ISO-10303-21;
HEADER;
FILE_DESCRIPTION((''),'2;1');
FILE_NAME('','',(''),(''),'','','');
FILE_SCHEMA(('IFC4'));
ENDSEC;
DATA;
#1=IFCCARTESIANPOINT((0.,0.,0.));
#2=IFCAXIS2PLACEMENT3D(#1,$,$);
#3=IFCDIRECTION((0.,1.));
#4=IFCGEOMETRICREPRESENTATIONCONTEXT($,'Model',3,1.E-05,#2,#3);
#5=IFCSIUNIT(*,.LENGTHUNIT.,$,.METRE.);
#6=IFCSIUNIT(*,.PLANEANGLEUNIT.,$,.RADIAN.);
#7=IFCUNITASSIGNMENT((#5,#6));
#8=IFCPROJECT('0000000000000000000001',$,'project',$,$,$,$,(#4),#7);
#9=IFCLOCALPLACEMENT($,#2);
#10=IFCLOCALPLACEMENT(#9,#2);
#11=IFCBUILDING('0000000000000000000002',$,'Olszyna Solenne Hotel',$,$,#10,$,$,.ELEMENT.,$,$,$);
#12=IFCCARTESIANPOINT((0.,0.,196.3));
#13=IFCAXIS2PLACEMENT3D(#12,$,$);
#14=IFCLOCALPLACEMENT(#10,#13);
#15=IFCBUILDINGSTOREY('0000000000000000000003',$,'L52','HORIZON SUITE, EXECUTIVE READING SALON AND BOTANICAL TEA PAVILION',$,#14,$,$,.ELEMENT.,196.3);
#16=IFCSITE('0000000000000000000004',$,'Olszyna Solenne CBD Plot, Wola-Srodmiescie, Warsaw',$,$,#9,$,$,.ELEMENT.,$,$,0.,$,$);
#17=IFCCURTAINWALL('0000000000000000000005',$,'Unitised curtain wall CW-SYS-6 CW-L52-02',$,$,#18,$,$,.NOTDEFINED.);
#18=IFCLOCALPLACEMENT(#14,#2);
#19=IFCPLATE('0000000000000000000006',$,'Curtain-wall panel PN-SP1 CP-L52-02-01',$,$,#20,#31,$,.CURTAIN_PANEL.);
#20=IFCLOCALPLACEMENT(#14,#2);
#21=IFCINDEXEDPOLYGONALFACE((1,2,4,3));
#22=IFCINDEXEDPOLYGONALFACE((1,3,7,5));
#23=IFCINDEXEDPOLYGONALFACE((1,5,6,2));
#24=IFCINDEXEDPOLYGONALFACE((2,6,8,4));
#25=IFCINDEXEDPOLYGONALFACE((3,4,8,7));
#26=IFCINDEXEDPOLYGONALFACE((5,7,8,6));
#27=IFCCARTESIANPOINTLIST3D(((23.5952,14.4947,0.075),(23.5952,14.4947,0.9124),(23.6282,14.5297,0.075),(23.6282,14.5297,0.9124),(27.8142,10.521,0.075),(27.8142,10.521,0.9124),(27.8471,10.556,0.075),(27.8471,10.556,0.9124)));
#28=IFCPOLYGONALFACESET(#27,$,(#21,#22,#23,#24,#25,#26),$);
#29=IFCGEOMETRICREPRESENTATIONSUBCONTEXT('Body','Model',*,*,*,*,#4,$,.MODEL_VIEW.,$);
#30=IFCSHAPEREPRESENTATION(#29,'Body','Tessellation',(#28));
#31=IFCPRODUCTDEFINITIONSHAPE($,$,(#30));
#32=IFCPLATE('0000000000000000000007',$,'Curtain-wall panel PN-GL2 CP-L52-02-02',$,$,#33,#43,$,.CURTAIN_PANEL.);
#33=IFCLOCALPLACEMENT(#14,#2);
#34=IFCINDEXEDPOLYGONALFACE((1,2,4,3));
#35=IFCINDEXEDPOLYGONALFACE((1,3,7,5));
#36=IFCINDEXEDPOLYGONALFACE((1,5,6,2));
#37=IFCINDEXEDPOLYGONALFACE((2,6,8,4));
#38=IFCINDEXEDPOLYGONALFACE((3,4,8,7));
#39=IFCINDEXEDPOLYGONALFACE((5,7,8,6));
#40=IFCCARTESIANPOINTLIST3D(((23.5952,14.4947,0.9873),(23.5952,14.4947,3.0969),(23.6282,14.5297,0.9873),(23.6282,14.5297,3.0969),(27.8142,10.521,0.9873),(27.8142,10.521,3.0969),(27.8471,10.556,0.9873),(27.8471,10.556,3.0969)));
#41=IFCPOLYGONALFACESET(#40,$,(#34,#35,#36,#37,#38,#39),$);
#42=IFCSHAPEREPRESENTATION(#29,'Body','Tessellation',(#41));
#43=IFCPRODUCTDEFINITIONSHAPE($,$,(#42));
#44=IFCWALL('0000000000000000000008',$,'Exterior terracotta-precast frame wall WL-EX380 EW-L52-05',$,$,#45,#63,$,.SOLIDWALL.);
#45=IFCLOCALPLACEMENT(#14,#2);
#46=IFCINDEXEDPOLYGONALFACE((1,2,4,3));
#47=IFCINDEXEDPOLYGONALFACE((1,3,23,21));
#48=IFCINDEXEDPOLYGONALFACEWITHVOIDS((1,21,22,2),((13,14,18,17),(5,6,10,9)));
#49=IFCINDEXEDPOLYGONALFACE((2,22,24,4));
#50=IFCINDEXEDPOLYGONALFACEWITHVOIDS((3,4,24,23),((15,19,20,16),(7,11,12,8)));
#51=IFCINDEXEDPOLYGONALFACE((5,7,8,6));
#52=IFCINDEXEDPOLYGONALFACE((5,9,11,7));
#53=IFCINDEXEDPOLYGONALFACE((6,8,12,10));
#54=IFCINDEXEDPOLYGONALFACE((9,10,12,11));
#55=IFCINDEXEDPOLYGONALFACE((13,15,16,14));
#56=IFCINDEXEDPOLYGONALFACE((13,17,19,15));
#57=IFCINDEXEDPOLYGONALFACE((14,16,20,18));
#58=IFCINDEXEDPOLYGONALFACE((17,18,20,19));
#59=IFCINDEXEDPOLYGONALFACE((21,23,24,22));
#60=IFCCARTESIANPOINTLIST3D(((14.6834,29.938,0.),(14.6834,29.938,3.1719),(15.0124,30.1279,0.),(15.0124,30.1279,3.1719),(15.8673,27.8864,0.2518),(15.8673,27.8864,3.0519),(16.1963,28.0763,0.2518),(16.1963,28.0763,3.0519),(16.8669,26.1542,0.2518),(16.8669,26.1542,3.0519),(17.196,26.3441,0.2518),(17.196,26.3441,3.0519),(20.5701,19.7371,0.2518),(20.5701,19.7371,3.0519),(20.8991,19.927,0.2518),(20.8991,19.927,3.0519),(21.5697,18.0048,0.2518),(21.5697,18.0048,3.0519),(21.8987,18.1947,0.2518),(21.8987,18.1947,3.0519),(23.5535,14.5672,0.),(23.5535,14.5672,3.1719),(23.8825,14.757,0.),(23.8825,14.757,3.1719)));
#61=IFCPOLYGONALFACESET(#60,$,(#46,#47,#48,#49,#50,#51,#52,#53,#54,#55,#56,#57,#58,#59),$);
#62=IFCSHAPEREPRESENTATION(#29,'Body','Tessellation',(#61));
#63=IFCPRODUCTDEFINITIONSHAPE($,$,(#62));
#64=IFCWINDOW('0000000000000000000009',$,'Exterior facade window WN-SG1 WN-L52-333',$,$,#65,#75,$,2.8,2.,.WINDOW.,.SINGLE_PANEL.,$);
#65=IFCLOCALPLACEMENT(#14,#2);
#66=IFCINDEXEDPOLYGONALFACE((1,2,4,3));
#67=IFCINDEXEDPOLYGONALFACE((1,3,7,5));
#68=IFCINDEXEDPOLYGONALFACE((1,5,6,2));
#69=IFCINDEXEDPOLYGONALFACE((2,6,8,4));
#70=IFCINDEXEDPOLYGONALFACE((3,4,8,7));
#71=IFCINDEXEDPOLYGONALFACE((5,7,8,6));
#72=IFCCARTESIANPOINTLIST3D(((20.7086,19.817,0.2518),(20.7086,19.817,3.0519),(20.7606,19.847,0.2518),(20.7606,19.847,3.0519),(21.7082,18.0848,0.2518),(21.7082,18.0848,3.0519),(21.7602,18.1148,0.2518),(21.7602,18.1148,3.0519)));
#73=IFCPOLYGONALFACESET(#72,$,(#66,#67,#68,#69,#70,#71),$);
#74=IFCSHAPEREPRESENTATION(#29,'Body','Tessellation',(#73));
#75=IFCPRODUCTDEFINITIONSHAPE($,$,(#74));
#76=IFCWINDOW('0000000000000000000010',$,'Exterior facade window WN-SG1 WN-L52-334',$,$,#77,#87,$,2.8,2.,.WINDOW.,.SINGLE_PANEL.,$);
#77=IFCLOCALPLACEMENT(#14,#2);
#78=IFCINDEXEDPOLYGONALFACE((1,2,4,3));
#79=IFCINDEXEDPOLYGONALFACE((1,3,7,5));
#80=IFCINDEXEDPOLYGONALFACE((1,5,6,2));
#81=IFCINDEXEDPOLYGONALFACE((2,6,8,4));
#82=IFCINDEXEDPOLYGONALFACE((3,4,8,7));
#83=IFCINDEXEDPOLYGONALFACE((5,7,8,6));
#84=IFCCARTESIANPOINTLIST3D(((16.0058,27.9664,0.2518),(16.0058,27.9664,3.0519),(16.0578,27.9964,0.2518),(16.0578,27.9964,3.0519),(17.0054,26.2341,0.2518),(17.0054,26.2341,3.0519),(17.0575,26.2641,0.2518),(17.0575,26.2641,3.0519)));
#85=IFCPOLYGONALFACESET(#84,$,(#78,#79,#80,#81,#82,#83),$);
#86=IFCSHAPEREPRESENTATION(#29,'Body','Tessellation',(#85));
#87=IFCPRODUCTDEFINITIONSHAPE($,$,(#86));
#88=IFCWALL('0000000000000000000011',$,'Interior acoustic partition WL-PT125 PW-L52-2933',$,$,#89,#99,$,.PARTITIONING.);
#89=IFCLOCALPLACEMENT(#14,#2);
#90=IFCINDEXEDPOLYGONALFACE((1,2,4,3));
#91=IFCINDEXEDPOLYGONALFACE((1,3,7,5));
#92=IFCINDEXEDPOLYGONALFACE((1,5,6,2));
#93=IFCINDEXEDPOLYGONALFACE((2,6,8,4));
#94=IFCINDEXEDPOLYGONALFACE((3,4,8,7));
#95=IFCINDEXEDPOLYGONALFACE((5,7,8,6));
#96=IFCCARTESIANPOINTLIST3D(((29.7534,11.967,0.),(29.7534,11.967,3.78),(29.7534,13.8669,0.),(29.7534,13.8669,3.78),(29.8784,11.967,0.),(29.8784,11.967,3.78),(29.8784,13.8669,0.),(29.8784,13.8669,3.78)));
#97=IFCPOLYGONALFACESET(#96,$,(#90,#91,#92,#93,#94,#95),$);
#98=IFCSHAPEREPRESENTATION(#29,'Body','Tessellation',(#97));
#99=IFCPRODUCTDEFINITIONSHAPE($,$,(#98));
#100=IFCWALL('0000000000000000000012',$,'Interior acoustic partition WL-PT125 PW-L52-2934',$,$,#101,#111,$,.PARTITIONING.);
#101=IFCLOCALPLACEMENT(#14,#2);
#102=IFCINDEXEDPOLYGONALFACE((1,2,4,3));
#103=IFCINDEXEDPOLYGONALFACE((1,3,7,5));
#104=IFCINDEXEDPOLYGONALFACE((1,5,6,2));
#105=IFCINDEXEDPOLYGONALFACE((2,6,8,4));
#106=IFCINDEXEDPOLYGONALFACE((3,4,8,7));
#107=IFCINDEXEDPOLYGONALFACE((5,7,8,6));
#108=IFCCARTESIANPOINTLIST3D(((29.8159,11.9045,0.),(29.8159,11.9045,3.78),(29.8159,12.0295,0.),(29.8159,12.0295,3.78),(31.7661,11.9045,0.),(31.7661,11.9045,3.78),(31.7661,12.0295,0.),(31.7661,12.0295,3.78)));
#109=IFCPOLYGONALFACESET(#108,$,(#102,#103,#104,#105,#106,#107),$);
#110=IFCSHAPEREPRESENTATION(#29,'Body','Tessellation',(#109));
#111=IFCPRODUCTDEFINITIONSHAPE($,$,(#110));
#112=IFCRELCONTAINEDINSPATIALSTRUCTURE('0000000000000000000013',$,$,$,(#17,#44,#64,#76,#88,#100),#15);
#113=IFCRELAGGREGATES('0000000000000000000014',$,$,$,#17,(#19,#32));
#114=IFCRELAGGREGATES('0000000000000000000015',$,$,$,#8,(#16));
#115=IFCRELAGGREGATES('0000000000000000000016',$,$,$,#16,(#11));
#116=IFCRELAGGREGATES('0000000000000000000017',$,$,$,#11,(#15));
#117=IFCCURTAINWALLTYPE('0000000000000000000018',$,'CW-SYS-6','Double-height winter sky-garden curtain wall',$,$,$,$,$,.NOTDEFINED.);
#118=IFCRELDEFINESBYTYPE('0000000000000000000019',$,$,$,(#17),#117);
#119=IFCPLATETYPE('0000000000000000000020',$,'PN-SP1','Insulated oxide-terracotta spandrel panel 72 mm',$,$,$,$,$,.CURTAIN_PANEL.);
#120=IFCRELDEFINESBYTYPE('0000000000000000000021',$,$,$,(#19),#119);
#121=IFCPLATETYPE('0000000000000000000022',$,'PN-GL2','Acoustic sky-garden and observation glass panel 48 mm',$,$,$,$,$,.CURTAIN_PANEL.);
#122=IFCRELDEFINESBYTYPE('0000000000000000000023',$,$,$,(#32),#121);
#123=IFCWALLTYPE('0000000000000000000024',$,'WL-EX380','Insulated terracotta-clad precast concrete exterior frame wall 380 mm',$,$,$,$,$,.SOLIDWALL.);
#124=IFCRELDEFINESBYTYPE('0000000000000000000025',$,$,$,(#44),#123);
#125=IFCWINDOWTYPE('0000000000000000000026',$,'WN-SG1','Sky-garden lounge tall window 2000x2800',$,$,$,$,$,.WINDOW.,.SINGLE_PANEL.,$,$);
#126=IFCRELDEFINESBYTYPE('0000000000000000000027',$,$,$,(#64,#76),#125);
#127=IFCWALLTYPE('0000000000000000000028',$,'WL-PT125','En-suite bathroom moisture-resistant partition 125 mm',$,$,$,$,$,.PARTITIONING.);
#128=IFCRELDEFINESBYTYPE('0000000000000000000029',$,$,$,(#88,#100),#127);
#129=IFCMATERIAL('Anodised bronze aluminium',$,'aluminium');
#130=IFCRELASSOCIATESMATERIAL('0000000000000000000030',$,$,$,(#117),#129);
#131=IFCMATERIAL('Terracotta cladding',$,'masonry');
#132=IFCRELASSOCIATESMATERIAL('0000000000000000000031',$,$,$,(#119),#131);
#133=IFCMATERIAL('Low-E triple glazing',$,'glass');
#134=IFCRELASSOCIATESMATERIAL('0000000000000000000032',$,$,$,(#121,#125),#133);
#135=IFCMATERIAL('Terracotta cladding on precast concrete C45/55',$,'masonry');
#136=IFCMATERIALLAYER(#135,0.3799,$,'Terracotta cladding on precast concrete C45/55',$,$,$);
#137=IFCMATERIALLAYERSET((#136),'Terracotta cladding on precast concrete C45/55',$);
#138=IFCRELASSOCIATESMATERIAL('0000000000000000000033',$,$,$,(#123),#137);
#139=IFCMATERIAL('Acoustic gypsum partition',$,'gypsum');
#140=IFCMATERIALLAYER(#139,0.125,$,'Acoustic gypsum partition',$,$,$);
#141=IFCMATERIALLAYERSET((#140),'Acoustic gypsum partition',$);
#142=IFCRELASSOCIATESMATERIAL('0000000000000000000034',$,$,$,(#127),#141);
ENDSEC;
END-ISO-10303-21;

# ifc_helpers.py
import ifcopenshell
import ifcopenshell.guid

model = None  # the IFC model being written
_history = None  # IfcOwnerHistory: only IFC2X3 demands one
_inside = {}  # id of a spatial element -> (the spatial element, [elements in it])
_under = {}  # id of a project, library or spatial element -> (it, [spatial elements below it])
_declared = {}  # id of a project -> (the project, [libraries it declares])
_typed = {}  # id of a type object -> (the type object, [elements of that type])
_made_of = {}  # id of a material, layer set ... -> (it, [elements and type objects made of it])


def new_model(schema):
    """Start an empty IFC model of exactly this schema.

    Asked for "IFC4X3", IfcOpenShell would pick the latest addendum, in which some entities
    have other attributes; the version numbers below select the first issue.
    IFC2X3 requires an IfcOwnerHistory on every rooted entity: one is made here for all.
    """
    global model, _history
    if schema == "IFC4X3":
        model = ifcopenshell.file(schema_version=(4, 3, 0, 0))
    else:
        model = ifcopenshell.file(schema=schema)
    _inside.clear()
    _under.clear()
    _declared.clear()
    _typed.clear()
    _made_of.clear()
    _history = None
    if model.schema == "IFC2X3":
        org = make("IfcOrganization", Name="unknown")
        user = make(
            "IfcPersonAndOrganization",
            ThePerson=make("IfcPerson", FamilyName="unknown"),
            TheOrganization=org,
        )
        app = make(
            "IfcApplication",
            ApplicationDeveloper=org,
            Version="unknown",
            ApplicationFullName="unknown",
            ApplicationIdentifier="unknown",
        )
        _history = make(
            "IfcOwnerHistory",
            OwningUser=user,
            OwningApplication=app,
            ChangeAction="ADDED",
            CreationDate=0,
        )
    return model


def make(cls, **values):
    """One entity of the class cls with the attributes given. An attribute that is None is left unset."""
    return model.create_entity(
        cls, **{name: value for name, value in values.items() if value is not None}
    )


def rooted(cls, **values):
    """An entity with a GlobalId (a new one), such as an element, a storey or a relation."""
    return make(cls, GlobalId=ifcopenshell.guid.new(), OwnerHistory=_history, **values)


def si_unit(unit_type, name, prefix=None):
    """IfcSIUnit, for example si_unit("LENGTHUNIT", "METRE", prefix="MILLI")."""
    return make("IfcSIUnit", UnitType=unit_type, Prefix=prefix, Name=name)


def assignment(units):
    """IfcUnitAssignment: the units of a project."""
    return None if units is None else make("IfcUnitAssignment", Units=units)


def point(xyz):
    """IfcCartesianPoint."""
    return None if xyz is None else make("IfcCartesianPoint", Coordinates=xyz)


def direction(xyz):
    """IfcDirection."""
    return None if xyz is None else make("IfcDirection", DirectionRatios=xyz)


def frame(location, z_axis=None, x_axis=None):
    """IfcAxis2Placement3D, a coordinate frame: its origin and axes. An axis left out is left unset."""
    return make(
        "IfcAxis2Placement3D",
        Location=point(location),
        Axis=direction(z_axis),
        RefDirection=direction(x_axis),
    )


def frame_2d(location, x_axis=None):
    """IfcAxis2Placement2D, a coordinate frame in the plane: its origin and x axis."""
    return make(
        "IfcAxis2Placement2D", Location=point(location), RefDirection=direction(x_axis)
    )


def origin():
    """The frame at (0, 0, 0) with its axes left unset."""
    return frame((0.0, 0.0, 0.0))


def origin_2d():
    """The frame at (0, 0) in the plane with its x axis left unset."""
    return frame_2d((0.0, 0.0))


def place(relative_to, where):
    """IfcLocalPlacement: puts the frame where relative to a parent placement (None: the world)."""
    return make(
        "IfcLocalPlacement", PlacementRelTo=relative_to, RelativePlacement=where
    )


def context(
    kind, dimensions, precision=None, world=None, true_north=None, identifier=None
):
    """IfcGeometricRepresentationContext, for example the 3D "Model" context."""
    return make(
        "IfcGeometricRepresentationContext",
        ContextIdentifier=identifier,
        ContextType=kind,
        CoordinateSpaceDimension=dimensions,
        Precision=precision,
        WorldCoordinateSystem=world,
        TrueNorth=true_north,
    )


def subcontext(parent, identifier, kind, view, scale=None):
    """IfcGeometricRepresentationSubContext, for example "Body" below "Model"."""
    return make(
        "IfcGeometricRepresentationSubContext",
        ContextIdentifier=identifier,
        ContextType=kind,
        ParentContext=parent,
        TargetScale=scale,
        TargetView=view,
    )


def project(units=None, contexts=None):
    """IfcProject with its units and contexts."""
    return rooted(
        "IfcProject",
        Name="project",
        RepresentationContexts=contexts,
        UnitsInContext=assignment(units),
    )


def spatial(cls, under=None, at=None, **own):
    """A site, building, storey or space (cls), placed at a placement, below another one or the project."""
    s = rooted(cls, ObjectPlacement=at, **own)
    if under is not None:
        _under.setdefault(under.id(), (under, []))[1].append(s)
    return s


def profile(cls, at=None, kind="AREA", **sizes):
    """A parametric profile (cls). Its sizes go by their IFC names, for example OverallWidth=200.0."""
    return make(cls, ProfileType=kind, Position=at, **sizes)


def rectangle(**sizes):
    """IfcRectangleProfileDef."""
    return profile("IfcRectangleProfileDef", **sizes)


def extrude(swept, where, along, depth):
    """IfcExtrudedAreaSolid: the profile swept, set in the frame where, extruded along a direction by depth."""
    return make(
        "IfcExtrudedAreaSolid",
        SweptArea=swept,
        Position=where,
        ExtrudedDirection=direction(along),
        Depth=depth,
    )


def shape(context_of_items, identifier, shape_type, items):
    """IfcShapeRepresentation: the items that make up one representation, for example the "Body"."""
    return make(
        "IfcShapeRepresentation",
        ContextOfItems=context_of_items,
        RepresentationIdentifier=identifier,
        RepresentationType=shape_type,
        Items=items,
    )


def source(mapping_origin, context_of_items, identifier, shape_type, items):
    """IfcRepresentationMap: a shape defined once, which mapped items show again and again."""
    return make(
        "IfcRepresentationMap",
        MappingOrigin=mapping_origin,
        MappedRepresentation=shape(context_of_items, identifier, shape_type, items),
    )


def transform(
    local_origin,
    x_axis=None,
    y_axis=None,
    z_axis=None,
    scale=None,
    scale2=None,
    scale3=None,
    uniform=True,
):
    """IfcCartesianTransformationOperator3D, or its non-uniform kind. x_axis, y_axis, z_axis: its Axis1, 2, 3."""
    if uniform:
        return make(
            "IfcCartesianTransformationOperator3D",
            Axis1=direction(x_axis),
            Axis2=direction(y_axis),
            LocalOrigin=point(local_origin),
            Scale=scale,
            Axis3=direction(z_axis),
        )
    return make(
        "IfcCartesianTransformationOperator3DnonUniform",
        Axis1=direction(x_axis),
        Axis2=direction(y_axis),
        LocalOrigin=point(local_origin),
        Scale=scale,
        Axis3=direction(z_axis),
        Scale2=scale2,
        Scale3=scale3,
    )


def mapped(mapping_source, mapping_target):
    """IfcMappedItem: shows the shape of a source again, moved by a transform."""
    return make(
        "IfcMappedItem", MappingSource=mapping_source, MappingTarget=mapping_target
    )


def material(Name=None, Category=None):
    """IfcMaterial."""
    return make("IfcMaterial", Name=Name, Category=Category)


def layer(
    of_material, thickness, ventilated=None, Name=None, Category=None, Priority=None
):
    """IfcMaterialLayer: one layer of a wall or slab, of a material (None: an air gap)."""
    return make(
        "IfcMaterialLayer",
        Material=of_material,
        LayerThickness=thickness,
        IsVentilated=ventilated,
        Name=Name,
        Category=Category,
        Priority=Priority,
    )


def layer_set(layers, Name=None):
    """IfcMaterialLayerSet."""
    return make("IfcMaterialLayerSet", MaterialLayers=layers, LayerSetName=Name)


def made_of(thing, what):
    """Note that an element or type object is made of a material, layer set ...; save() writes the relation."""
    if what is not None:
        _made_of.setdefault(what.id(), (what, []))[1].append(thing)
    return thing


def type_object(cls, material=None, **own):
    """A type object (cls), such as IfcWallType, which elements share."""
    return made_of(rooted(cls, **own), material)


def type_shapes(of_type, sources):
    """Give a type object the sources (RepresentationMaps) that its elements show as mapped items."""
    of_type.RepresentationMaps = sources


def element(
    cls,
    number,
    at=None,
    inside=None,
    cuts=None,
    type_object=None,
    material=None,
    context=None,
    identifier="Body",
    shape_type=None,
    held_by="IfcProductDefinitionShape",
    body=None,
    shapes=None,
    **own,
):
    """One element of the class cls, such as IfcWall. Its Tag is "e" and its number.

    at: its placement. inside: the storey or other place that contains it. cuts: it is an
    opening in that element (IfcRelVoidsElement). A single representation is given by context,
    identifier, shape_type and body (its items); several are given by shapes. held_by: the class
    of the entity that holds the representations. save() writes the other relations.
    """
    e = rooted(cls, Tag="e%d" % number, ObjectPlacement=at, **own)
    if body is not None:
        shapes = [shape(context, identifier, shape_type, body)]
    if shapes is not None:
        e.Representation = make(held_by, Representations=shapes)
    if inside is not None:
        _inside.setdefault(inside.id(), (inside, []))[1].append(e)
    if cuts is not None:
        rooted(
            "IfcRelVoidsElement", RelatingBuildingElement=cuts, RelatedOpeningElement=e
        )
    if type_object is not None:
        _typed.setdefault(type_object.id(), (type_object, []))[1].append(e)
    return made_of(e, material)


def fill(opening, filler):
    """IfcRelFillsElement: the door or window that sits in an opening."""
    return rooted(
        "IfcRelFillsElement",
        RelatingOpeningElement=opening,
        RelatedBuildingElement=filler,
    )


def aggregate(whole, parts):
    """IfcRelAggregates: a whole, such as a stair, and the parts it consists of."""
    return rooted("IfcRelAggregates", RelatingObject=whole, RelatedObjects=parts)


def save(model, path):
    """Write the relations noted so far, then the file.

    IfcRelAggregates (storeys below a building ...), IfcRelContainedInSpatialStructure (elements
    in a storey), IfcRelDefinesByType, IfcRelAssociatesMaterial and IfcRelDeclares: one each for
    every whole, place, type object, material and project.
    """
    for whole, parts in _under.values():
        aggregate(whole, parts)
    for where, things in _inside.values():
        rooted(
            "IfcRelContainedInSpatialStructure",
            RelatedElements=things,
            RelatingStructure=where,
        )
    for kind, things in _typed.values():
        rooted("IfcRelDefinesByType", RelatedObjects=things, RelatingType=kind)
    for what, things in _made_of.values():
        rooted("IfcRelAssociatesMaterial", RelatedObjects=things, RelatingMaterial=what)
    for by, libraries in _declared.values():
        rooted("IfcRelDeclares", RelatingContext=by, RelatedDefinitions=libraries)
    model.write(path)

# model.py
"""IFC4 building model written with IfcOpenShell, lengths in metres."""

from ifc_helpers import new_model, si_unit, direction, frame, frame_2d, origin, origin_2d, place, context, subcontext, project, spatial, rectangle, extrude, source, transform, mapped, material, layer, layer_set, type_object, type_shapes, element, fill, aggregate, save


model = new_model("IFC4")

# Units and contexts
model_context = context("Model", 3, precision=1e-05, world=origin(), true_north=direction((0.0, 1.0)))
body_context = subcontext(model_context, "Body", "Model", "MODEL_VIEW")
ifc_project = project(units=[si_unit("LENGTHUNIT", "METRE"), si_unit("PLANEANGLEUNIT", "RADIAN")], contexts=[model_context])

# Site, building, storey
site_placement = place(None, origin())
site = spatial("IfcSite", under=ifc_project, at=site_placement, Name="Olszyna Solenne CBD Plot, Wola-Srodmiescie, Warsaw", CompositionType="ELEMENT", RefElevation=0.0)
building_placement = place(site_placement, origin())
building = spatial("IfcBuilding", under=site, at=building_placement, Name="Olszyna Solenne Hotel", CompositionType="ELEMENT")
storey_placement = place(building_placement, frame((0.0, 0.0, 196.3)))
storey = spatial("IfcBuildingStorey", under=building, at=storey_placement, Name="L52", Description="HORIZON SUITE, EXECUTIVE READING SALON AND BOTANICAL TEA PAVILION", CompositionType="ELEMENT", Elevation=196.3)

# Curtain wall
ifc_material_1 = material(Name="Anodised bronze aluminium", Category="aluminium")
curtain_wall_type = type_object("IfcCurtainWallType", Name="CW-SYS-6", Description="Double-height winter sky-garden curtain wall", PredefinedType="NOTDEFINED", material=ifc_material_1)
curtain_wall_placement = place(storey_placement, origin())
curtain_wall = element("IfcCurtainWall", 1, at=curtain_wall_placement, inside=storey, type_object=curtain_wall_type, Name="Unitised curtain wall CW-SYS-6 CW-L52-02", PredefinedType="NOTDEFINED")

# Plates
ifc_material_2 = material(Name="Terracotta cladding", Category="masonry")
plate_type_1 = type_object("IfcPlateType", Name="PN-SP1", Description="Insulated oxide-terracotta spandrel panel 72 mm", PredefinedType="CURTAIN_PANEL", material=ifc_material_2)
shared_shape_1 = source(origin(), body_context, "Body", "SweptSolid", [
    extrude(rectangle(XDim=5.7957, YDim=0.0481, at=origin_2d()), origin(), (0.0, 0.0, 1.0), 0.8374),
])
plate_1_placement = place(storey_placement, frame((25.7212, 12.5254, 0.075), z_axis=(0.0, 0.0, 1.0), x_axis=(0.727946, -0.685634, 0.0)))
plate_1 = element("IfcPlate", 2, at=plate_1_placement, type_object=plate_type_1, Name="Curtain-wall panel PN-SP1 CP-L52-02-01", PredefinedType="CURTAIN_PANEL", context=body_context, shape_type="MappedRepresentation", body=[
    mapped(shared_shape_1, transform((0.0, 0.0, 0.0), x_axis=(1.0, 0.0, 0.0), y_axis=(0.0, 1.0, 0.0), z_axis=(0.0, 0.0, 1.0), scale=1.0)),
])
ifc_material_3 = material(Name="Low-E triple glazing", Category="glass")
plate_type_2 = type_object("IfcPlateType", Name="PN-GL2", Description="Acoustic sky-garden and observation glass panel 48 mm", PredefinedType="CURTAIN_PANEL", material=ifc_material_3)
shared_shape_2 = source(origin(), body_context, "Body", "SweptSolid", [
    extrude(rectangle(XDim=5.7957, YDim=0.0481, at=origin_2d()), origin(), (0.0, 0.0, 1.0), 2.1096),
])
plate_2_placement = place(storey_placement, frame((25.7212, 12.5254, 0.9873), z_axis=(0.0, 0.0, 1.0), x_axis=(0.727946, -0.685634, 0.0)))
plate_2 = element("IfcPlate", 3, at=plate_2_placement, type_object=plate_type_2, Name="Curtain-wall panel PN-GL2 CP-L52-02-02", PredefinedType="CURTAIN_PANEL", context=body_context, shape_type="MappedRepresentation", body=[
    mapped(shared_shape_2, transform((0.0, 0.0, 0.0), x_axis=(1.0, 0.0, 0.0), y_axis=(0.0, 1.0, 0.0), z_axis=(0.0, 0.0, 1.0), scale=1.0)),
])
aggregate(curtain_wall, [plate_1, plate_2])

# Wall, openings, windows
ifc_material_4 = material(Name="Terracotta cladding on precast concrete C45/55", Category="masonry")
ifc_layer_1 = layer(ifc_material_4, 0.3799, Name="Terracotta cladding on precast concrete C45/55")
ifc_layer_set_1 = layer_set([ifc_layer_1], Name="Terracotta cladding on precast concrete C45/55")
wall_type_1 = type_object("IfcWallType", Name="WL-EX380", Description="Insulated terracotta-clad precast concrete exterior frame wall 380 mm", PredefinedType="SOLIDWALL", material=ifc_layer_set_1)
wall_1_placement = place(storey_placement, frame((23.718, 14.6621, 0.0), z_axis=(0.0, 0.0, 1.0), x_axis=(-0.499821, 0.866129, 0.0)))
wall_1 = element("IfcWall", 4, at=wall_1_placement, inside=storey, type_object=wall_type_1, Name="Exterior terracotta-precast frame wall WL-EX380 EW-L52-05", PredefinedType="SOLIDWALL", context=body_context, shape_type="SweptSolid", body=[
    extrude(rectangle(XDim=17.7466, YDim=0.3799, at=frame_2d((8.8733, 0.0))), origin(), (0.0, 0.0, 1.0), 3.1719),
])
opening_1_placement = place(wall_1_placement, frame((3.969, 0.0, 0.252)))
opening_1 = element("IfcOpeningElement", 5, at=opening_1_placement, cuts=wall_1, PredefinedType="OPENING", context=body_context, shape_type="SweptSolid", body=[
    extrude(rectangle(XDim=2.0, YDim=2.8, at=frame_2d((1.0, 1.3999))), frame((0.0, 0.2, 0.0), z_axis=(0.0, -1.0, 0.0), x_axis=(1.0, 0.0, 0.0)), (0.0, 0.0, 1.0), 0.3999),
])
opening_2_placement = place(wall_1_placement, frame((13.3779, 0.0, 0.252)))
opening_2 = element("IfcOpeningElement", 6, at=opening_2_placement, cuts=wall_1, PredefinedType="OPENING", context=body_context, shape_type="SweptSolid", body=[
    extrude(rectangle(XDim=2.0, YDim=2.8, at=frame_2d((1.0, 1.3999))), frame((0.0, 0.2, 0.0), z_axis=(0.0, -1.0, 0.0), x_axis=(1.0, 0.0, 0.0)), (0.0, 0.0, 1.0), 0.3999),
])
window_type = type_object("IfcWindowType", Name="WN-SG1", Description="Sky-garden lounge tall window 2000x2800", PartitioningType="SINGLE_PANEL", PredefinedType="WINDOW", material=ifc_material_3)
shared_shape_3 = source(origin(), body_context, "Body", "SweptSolid", [
    extrude(rectangle(XDim=2.0, YDim=2.8, at=frame_2d((1.0, 1.3999))), frame((0.0, 0.03, 0.0), z_axis=(0.0, -1.0, 0.0), x_axis=(1.0, 0.0, 0.0)), (0.0, 0.0, 1.0), 0.0601),
])
type_shapes(window_type, [shared_shape_3])
window_1_placement = place(opening_1_placement, origin())
window_1 = element("IfcWindow", 7, at=window_1_placement, inside=storey, type_object=window_type, Name="Exterior facade window WN-SG1 WN-L52-333", OverallHeight=2.8, OverallWidth=2.0, PartitioningType="SINGLE_PANEL", PredefinedType="WINDOW", context=body_context, shape_type="MappedRepresentation", body=[
    mapped(shared_shape_3, transform((0.0, 0.0, 0.0), x_axis=(1.0, 0.0, 0.0), y_axis=(0.0, 1.0, 0.0), z_axis=(0.0, 0.0, 1.0), scale=1.0)),
])
fill(opening_1, window_1)
window_2_placement = place(opening_2_placement, origin())
window_2 = element("IfcWindow", 8, at=window_2_placement, inside=storey, type_object=window_type, Name="Exterior facade window WN-SG1 WN-L52-334", OverallHeight=2.8, OverallWidth=2.0, PartitioningType="SINGLE_PANEL", PredefinedType="WINDOW", context=body_context, shape_type="MappedRepresentation", body=[
    mapped(shared_shape_3, transform((0.0, 0.0, 0.0), x_axis=(1.0, 0.0, 0.0), y_axis=(0.0, 1.0, 0.0), z_axis=(0.0, 0.0, 1.0), scale=1.0)),
])
fill(opening_2, window_2)

# Walls
ifc_material_5 = material(Name="Acoustic gypsum partition", Category="gypsum")
ifc_layer_2 = layer(ifc_material_5, 0.125, Name="Acoustic gypsum partition")
ifc_layer_set_2 = layer_set([ifc_layer_2], Name="Acoustic gypsum partition")
wall_type_2 = type_object("IfcWallType", Name="WL-PT125", Description="En-suite bathroom moisture-resistant partition 125 mm", PredefinedType="PARTITIONING", material=ifc_layer_set_2)
wall_2_placement = place(storey_placement, frame((29.8159, 13.8669, 0.0), z_axis=(0.0, 0.0, 1.0), x_axis=(0.0, -1.0, 0.0)))
element("IfcWall", 9, at=wall_2_placement, inside=storey, type_object=wall_type_2, Name="Interior acoustic partition WL-PT125 PW-L52-2933", PredefinedType="PARTITIONING", context=body_context, shape_type="SweptSolid", body=[
    extrude(rectangle(XDim=1.8999, YDim=0.125, at=frame_2d((0.95, 0.0))), origin(), (0.0, 0.0, 1.0), 3.78),
])
wall_3_placement = place(storey_placement, frame((29.8159, 11.967, 0.0), z_axis=(0.0, 0.0, 1.0), x_axis=(1.0, 0.0, 0.0)))
element("IfcWall", 10, at=wall_3_placement, inside=storey, type_object=wall_type_2, Name="Interior acoustic partition WL-PT125 PW-L52-2934", PredefinedType="PARTITIONING", context=body_context, shape_type="SweptSolid", body=[
    extrude(rectangle(XDim=1.9502, YDim=0.125, at=frame_2d((0.9751, 0.0))), origin(), (0.0, 0.0, 1.0), 3.78),
])

save(model, "model.ifc")
